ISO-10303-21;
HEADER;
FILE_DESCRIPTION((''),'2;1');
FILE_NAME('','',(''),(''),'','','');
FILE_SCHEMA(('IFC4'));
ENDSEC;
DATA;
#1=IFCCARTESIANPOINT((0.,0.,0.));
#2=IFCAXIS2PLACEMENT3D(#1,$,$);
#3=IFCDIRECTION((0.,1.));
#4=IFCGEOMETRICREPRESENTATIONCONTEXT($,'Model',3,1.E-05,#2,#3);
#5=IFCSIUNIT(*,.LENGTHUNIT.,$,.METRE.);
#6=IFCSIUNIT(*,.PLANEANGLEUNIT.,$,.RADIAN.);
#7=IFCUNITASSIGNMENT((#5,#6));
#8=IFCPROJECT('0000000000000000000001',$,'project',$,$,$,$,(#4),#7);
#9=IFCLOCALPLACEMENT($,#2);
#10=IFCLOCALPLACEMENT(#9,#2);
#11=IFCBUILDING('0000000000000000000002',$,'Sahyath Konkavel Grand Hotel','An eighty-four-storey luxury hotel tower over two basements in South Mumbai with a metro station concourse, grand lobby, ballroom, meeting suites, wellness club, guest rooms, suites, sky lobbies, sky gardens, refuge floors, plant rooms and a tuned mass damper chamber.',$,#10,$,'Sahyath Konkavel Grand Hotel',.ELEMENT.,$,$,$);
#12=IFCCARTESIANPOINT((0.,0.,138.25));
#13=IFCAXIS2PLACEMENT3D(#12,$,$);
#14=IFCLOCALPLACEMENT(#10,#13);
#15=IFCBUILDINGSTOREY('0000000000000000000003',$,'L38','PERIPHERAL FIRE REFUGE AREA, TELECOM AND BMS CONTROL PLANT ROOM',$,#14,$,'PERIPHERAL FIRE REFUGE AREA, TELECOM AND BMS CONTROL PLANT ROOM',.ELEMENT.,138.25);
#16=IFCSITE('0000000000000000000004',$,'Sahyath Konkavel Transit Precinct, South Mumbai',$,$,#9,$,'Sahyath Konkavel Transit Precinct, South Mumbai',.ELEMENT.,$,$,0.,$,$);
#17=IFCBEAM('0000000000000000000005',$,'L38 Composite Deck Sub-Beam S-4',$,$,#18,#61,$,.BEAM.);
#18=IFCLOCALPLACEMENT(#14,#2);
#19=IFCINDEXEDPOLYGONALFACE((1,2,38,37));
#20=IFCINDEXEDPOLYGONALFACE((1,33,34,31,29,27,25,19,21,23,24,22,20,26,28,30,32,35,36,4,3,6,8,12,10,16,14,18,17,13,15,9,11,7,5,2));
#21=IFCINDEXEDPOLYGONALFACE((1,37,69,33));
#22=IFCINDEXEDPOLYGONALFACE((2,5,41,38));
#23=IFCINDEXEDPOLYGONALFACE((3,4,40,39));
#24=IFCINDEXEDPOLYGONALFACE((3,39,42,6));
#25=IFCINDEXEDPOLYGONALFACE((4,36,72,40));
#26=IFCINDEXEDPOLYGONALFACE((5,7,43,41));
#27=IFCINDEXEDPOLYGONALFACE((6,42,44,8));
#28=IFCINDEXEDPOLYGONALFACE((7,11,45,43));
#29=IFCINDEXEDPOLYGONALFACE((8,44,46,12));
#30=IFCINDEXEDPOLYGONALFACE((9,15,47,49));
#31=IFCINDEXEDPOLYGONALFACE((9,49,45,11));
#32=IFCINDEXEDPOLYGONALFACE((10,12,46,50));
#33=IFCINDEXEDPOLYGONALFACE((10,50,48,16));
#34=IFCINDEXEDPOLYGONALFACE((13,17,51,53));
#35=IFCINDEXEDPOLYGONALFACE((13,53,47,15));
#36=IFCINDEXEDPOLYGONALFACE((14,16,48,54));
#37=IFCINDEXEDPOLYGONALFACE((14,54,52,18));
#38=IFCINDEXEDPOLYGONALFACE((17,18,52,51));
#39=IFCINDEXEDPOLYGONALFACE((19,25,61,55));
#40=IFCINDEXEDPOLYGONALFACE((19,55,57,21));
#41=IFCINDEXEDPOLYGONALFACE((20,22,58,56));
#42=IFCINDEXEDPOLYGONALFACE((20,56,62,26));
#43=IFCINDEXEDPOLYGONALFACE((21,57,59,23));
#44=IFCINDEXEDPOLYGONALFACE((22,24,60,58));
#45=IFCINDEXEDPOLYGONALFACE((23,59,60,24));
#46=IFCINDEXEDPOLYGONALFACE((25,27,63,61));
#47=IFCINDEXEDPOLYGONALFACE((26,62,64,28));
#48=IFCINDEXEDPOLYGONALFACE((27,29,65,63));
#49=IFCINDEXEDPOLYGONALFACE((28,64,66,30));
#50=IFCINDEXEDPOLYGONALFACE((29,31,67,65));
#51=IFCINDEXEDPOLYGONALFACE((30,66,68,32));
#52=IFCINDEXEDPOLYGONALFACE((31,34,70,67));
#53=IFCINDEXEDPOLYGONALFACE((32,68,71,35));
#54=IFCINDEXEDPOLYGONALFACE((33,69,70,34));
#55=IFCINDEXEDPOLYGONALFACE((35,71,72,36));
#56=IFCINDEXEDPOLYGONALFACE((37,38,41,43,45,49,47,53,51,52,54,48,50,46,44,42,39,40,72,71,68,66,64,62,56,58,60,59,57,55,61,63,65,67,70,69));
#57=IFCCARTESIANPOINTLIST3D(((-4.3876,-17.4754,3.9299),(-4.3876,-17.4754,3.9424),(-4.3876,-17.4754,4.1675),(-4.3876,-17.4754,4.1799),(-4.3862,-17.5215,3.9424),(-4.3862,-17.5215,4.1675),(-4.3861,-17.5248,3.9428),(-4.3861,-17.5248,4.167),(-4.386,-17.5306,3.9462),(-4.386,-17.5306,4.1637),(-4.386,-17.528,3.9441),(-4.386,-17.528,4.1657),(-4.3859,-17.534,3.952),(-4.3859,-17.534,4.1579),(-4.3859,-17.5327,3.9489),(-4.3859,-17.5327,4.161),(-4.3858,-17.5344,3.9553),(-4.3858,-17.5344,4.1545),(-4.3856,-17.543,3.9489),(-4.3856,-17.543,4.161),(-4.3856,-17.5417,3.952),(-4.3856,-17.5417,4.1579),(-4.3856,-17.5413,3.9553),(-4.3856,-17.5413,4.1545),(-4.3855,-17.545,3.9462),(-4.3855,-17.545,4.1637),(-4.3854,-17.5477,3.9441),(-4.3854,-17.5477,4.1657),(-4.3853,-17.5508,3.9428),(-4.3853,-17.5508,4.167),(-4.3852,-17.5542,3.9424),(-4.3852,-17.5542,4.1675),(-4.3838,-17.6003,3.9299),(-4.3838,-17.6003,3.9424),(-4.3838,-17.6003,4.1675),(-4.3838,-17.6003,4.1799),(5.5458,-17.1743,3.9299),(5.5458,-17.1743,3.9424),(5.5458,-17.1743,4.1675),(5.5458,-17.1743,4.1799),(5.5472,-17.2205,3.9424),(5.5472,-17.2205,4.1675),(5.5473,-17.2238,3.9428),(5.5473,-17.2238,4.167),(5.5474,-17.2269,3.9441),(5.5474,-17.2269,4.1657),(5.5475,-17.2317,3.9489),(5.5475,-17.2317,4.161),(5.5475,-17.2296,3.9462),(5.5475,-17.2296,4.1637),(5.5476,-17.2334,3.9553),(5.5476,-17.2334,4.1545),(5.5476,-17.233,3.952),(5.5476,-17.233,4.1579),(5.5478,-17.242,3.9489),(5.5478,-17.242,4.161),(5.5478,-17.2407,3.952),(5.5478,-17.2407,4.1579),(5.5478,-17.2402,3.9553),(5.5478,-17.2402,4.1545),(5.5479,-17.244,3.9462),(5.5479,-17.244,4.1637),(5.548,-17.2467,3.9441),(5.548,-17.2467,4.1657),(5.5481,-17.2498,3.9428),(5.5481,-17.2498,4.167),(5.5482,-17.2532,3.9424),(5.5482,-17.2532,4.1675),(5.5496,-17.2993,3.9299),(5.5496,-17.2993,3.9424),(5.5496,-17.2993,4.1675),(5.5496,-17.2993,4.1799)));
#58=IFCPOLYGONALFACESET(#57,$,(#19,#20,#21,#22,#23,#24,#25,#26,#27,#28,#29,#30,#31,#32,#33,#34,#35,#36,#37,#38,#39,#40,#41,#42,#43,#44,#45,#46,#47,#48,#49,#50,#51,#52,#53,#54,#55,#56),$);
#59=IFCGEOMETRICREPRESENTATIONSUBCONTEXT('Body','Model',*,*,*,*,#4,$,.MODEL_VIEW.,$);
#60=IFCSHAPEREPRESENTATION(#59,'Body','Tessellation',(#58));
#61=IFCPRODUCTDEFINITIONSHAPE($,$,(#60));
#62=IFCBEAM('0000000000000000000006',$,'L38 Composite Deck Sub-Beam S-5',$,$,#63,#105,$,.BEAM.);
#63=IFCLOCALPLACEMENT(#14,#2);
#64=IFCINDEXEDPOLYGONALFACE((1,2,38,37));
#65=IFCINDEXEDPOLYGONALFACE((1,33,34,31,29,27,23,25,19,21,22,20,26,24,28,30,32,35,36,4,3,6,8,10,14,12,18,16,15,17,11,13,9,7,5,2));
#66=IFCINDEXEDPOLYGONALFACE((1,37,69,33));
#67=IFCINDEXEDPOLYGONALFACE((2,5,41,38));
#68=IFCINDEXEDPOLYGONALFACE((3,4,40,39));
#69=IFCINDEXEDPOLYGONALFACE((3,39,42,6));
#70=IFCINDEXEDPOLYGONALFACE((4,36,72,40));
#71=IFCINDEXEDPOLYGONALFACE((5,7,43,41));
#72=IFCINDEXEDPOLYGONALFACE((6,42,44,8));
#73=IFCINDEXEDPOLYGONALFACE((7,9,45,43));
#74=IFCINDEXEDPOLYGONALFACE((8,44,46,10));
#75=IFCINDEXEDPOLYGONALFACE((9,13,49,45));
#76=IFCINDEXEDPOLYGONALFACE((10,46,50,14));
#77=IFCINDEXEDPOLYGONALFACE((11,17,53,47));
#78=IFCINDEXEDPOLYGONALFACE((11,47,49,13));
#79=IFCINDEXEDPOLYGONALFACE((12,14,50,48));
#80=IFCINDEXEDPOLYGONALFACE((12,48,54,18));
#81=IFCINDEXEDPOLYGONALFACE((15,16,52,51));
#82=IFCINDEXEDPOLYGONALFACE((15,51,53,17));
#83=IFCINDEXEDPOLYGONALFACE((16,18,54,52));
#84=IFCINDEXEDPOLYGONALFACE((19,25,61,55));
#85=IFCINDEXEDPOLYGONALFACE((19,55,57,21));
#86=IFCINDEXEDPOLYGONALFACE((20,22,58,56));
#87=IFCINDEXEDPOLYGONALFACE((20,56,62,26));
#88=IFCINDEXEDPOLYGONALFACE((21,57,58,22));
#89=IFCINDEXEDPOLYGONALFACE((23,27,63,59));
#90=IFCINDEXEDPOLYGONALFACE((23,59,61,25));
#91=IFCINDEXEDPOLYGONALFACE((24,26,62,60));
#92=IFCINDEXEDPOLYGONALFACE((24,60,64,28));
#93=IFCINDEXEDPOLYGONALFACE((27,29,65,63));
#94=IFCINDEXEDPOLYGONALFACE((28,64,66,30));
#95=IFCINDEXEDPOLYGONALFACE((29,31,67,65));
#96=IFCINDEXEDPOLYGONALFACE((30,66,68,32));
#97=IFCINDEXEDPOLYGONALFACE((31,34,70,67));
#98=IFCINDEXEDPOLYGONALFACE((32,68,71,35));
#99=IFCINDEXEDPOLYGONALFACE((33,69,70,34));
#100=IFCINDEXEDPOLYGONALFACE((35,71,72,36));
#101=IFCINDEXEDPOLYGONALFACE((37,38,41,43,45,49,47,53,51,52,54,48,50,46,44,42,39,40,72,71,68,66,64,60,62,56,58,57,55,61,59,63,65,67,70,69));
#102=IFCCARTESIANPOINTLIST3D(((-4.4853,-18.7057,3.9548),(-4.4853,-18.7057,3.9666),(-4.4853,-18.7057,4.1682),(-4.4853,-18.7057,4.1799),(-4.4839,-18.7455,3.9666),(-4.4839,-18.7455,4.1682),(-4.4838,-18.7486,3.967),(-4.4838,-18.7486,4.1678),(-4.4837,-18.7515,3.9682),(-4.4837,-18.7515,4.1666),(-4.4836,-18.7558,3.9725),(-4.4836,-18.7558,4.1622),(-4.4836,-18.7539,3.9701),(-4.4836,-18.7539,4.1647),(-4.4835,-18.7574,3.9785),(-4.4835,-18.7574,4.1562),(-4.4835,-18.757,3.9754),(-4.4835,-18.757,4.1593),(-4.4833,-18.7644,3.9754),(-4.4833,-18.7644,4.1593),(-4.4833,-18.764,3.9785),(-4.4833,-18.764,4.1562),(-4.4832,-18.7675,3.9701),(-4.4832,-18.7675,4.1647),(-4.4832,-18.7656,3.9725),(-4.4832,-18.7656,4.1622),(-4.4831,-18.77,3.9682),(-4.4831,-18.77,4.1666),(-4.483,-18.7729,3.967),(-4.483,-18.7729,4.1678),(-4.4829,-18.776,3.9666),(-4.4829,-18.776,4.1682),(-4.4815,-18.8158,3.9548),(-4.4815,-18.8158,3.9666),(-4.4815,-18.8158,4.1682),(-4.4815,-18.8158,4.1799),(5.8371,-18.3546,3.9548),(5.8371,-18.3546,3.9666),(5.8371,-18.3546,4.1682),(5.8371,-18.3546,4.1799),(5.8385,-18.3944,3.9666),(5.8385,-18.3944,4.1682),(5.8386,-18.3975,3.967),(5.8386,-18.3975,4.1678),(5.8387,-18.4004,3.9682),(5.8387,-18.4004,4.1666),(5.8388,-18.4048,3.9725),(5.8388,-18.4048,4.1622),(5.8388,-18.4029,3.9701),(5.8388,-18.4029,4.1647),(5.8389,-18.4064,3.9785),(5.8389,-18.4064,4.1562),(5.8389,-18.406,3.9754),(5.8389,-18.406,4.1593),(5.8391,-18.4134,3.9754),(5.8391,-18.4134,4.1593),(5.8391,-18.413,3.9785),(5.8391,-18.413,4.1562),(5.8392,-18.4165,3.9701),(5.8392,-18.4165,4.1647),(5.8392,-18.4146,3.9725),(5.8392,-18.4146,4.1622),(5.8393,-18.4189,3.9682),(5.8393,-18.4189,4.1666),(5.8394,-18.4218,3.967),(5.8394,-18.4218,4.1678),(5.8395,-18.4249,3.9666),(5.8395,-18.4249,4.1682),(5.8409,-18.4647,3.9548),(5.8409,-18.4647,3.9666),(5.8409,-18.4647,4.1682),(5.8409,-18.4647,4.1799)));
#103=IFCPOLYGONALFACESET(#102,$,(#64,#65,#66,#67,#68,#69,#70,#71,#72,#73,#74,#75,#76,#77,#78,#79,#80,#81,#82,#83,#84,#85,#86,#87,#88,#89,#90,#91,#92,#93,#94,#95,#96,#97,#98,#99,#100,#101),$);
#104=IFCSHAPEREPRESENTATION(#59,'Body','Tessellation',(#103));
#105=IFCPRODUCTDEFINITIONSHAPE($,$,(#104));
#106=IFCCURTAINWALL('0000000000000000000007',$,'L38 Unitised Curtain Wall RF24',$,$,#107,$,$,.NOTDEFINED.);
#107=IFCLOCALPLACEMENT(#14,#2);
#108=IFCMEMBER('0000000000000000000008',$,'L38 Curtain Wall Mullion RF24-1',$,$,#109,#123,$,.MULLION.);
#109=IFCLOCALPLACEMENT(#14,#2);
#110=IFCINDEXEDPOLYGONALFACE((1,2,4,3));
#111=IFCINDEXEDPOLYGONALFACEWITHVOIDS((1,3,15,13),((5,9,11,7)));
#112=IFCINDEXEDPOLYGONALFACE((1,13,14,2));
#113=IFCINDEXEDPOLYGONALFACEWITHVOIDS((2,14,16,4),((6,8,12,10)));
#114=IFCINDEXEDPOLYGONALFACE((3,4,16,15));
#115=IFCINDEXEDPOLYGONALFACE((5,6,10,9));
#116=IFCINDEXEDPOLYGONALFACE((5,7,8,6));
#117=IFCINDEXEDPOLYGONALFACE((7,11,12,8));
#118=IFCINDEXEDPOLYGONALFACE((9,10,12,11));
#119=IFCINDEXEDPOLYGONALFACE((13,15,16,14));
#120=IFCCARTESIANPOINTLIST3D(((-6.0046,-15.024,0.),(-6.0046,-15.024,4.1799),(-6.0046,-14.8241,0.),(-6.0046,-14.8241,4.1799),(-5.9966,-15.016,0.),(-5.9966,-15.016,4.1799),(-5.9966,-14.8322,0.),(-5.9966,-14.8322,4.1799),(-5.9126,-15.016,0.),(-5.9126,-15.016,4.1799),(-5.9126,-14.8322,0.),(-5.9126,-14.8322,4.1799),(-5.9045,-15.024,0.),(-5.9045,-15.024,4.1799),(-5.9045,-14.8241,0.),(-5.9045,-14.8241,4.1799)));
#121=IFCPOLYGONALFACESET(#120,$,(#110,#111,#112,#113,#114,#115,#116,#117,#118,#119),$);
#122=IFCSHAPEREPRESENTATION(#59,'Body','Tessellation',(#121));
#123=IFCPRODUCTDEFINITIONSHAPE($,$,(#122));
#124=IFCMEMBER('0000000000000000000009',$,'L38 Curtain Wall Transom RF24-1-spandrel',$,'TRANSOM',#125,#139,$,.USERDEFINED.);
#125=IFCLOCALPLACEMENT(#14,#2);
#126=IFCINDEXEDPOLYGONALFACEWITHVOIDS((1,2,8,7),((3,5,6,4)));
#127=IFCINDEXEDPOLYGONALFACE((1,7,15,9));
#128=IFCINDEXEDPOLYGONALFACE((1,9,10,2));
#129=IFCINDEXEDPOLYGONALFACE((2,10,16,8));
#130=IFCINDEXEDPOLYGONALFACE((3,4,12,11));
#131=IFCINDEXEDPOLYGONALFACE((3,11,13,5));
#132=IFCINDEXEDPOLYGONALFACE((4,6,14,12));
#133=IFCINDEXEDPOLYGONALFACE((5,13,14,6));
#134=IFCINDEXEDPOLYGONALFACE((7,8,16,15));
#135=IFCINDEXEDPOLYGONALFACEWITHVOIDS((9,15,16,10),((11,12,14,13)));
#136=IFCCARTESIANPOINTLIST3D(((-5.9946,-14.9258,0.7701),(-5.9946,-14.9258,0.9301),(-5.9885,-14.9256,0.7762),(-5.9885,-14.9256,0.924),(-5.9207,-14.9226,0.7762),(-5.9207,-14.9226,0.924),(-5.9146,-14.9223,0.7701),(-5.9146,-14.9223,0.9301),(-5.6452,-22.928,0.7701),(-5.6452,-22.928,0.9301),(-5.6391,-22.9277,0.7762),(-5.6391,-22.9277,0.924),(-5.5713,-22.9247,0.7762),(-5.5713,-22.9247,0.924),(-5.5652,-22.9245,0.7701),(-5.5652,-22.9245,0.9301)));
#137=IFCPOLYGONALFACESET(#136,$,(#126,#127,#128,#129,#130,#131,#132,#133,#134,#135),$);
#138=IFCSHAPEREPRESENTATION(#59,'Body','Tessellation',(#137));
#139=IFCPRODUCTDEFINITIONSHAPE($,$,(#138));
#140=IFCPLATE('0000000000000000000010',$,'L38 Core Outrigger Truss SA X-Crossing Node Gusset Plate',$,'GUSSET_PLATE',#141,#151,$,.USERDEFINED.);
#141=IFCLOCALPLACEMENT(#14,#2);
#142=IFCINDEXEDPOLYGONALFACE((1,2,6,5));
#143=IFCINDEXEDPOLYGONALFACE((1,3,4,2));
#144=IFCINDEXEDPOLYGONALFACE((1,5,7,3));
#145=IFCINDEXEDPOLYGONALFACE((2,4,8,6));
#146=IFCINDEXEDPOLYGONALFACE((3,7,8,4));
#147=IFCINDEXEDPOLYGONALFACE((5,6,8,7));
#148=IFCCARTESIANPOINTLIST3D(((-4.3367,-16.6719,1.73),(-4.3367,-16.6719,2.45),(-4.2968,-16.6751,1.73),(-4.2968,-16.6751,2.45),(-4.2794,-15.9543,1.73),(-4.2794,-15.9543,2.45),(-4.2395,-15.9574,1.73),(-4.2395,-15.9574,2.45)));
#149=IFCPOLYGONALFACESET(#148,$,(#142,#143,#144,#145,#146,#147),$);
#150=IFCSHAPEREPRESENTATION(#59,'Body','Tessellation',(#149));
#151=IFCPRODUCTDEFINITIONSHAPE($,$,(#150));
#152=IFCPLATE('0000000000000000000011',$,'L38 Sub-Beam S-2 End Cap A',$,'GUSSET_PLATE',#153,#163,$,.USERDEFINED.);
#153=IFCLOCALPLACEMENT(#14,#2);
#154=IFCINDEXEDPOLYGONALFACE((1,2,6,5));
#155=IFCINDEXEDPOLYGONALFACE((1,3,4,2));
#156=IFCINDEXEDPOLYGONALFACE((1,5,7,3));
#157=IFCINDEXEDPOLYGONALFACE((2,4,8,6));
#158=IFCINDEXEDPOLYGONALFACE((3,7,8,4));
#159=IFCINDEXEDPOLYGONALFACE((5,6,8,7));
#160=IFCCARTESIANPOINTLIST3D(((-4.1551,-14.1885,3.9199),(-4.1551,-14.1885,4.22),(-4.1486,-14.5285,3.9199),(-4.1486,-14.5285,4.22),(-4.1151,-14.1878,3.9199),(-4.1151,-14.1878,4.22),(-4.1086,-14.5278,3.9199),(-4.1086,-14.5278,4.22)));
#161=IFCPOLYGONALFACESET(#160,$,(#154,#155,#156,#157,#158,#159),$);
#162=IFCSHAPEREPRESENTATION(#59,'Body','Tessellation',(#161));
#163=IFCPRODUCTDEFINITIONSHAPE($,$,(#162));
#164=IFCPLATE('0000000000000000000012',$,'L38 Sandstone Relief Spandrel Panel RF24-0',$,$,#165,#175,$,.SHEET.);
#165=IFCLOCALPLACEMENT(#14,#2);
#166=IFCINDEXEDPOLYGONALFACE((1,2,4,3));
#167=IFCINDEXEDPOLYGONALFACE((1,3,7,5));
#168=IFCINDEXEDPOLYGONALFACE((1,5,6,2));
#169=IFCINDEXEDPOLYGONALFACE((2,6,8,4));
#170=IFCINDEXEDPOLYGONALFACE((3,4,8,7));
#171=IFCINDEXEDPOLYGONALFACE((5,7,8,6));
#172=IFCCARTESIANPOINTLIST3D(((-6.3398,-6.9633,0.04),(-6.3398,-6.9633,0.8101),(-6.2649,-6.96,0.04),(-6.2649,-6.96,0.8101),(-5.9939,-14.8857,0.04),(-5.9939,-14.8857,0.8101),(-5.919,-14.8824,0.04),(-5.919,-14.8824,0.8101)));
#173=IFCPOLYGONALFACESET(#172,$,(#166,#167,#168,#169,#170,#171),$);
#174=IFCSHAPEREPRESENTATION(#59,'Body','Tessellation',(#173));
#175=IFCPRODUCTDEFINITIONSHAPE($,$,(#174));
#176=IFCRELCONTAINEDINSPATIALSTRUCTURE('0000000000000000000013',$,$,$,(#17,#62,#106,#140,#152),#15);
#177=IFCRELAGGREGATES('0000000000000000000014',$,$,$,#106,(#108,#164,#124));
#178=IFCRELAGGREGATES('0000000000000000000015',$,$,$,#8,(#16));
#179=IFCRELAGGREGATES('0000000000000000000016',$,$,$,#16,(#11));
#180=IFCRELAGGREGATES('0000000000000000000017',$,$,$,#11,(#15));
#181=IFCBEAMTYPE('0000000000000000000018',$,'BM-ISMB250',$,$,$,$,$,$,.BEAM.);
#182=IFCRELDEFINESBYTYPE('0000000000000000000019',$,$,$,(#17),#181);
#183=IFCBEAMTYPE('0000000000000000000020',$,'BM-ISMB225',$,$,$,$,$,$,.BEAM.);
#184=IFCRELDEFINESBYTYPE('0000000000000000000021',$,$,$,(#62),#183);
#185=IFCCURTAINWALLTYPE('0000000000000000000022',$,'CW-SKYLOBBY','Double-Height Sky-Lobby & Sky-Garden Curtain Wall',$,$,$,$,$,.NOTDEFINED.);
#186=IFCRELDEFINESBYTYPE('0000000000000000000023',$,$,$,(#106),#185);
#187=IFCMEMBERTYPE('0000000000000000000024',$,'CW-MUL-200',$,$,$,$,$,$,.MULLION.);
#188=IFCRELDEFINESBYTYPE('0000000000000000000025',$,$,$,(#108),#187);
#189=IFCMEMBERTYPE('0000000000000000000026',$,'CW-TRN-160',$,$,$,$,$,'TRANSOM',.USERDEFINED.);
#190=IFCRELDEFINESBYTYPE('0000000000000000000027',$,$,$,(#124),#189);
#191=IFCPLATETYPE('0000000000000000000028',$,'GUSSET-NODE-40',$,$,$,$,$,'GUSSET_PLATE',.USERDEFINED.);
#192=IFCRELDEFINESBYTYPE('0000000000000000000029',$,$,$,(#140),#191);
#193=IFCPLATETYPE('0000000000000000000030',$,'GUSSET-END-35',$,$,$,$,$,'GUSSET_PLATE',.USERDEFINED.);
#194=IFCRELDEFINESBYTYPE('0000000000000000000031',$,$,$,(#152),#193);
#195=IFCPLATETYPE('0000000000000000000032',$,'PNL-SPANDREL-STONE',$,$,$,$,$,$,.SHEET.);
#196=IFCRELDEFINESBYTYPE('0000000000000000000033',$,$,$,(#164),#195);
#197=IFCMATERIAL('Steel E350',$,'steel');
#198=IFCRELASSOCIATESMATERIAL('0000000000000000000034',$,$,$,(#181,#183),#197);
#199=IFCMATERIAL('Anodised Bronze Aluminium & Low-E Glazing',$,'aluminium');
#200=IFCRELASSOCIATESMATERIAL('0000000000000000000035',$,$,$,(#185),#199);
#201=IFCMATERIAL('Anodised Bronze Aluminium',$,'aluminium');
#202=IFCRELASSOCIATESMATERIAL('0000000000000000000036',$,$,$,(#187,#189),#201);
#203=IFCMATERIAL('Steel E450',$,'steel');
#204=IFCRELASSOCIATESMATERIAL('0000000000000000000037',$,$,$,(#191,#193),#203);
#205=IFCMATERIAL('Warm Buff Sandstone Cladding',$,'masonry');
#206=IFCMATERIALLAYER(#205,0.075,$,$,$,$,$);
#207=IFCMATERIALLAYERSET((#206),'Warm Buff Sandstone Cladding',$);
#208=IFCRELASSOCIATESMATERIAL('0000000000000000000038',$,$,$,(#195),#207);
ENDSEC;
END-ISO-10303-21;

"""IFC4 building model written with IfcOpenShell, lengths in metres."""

from ifc_helpers import new_model, si_unit, direction, frame, origin, origin_2d, place, context, subcontext, project, spatial, rectangle, hollow_rectangle, i_section, extrude, source, transform, mapped, material, layer, layer_set, material_profile, profile_set, type_object, element, aggregate, save


model = new_model("IFC4")

# Units and contexts
model_context = context("Model", 3, precision=1e-05, world=origin(), true_north=direction((0.0, 1.0)))
body_context = subcontext(model_context, "Body", "Model", "MODEL_VIEW")
ifc_project = project(units=[si_unit("LENGTHUNIT", "METRE"), si_unit("PLANEANGLEUNIT", "RADIAN")], contexts=[model_context])

# Site, building, storey
site_placement = place(None, origin())
site = spatial("IfcSite", under=ifc_project, at=site_placement, Name="Sahyath Konkavel Transit Precinct, South Mumbai", LongName="Sahyath Konkavel Transit Precinct, South Mumbai", CompositionType="ELEMENT", RefElevation=0.0)
building_placement = place(site_placement, origin())
building = spatial("IfcBuilding", under=site, at=building_placement, Name="Sahyath Konkavel Grand Hotel", Description="An eighty-four-storey luxury hotel tower over two basements in South Mumbai with a metro station concourse, grand lobby, ballroom, meeting suites, wellness club, guest rooms, suites, sky lobbies, sky gardens, refuge floors, plant rooms and a tuned mass damper chamber.", LongName="Sahyath Konkavel Grand Hotel", CompositionType="ELEMENT")
storey_placement = place(building_placement, frame((0.0, 0.0, 138.25)))
storey = spatial("IfcBuildingStorey", under=building, at=storey_placement, Name="L38", Description="PERIPHERAL FIRE REFUGE AREA, TELECOM AND BMS CONTROL PLANT ROOM", LongName="PERIPHERAL FIRE REFUGE AREA, TELECOM AND BMS CONTROL PLANT ROOM", CompositionType="ELEMENT", Elevation=138.25)

# Shared definitions
ifc_material_1 = material(Name="Steel E350", Category="steel")
ifc_material_2 = material(Name="Steel E450", Category="steel")

# Beams
ifc_material_profile_1 = material_profile(ifc_material_1, i_section(OverallWidth=0.125, OverallDepth=0.25, WebThickness=0.0068, FlangeThickness=0.0125, FilletRadius=0.0129, at=origin_2d()), Name="ISMB 250")
ifc_profile_set_1 = profile_set([ifc_material_profile_1], Name="Steel E350")
beam_type_1 = type_object("IfcBeamType", Name="BM-ISMB250", PredefinedType="BEAM", material=ifc_profile_set_1)
shared_shape_1 = source(origin(), body_context, "Body", "SweptSolid", [
    extrude(i_section(OverallWidth=0.125, OverallDepth=0.25, WebThickness=0.0068, FlangeThickness=0.0125, FilletRadius=0.0129, at=origin_2d()), origin(), (0.0, 0.0, 1.0), 9.938),
])
beam_1_placement = place(storey_placement, frame((-4.3857, -17.5378, 4.0549), z_axis=(0.999541, 0.030291, 0.0), x_axis=(-0.030291, 0.999541, 0.0)))
element("IfcBeam", 1, at=beam_1_placement, inside=storey, type_object=beam_type_1, Name="L38 Composite Deck Sub-Beam S-4", PredefinedType="BEAM", context=body_context, shape_type="MappedRepresentation", body=[
    mapped(shared_shape_1, transform((0.0, 0.0, 0.0), scale=1.0)),
])
ifc_material_profile_2 = material_profile(ifc_material_1, i_section(OverallWidth=0.1101, OverallDepth=0.2251, WebThickness=0.0066, FlangeThickness=0.0117, FilletRadius=0.012, at=origin_2d()), Name="ISMB 225")
ifc_profile_set_2 = profile_set([ifc_material_profile_2], Name="Steel E350")
beam_type_2 = type_object("IfcBeamType", Name="BM-ISMB225", PredefinedType="BEAM", material=ifc_profile_set_2)
shared_shape_2 = source(origin(), body_context, "Body", "SweptSolid", [
    extrude(i_section(OverallWidth=0.1101, OverallDepth=0.2251, WebThickness=0.0066, FlangeThickness=0.0117, FilletRadius=0.012, at=origin_2d()), origin(), (0.0, 0.0, 1.0), 10.3284),
])
beam_2_placement = place(storey_placement, frame((-4.4834, -18.7607, 4.0674), z_axis=(0.999422, 0.033991, 0.0), x_axis=(-0.033991, 0.999422, 0.0)))
element("IfcBeam", 2, at=beam_2_placement, inside=storey, type_object=beam_type_2, Name="L38 Composite Deck Sub-Beam S-5", PredefinedType="BEAM", context=body_context, shape_type="MappedRepresentation", body=[
    mapped(shared_shape_2, transform((0.0, 0.0, 0.0), scale=1.0)),
])

# Curtain wall, members
ifc_material_3 = material(Name="Anodised Bronze Aluminium & Low-E Glazing", Category="aluminium")
curtain_wall_type = type_object("IfcCurtainWallType", Name="CW-SKYLOBBY", Description="Double-Height Sky-Lobby & Sky-Garden Curtain Wall", PredefinedType="NOTDEFINED", material=ifc_material_3)
curtain_wall_placement = place(storey_placement, origin())
curtain_wall = element("IfcCurtainWall", 3, at=curtain_wall_placement, inside=storey, type_object=curtain_wall_type, Name="L38 Unitised Curtain Wall RF24", PredefinedType="NOTDEFINED")
ifc_material_4 = material(Name="Anodised Bronze Aluminium", Category="aluminium")
ifc_material_profile_3 = material_profile(ifc_material_4, hollow_rectangle(XDim=0.1001, YDim=0.2, WallThickness=0.0081, at=origin_2d()), Name="RHS 200x100x8")
ifc_profile_set_3 = profile_set([ifc_material_profile_3], Name="Anodised Bronze Aluminium")
member_type_1 = type_object("IfcMemberType", Name="CW-MUL-200", PredefinedType="MULLION", material=ifc_profile_set_3)
shared_shape_3 = source(origin(), body_context, "Body", "SweptSolid", [
    extrude(hollow_rectangle(XDim=0.1001, YDim=0.2, WallThickness=0.0081, at=origin_2d()), origin(), (0.0, 0.0, 1.0), 4.1799),
])
member_1_placement = place(storey_placement, frame((-5.9546, -14.9241, 0.0), z_axis=(0.0, 0.0, 1.0), x_axis=(1.0, 0.0, 0.0)))
member_1 = element("IfcMember", 4, at=member_1_placement, type_object=member_type_1, Name="L38 Curtain Wall Mullion RF24-1", PredefinedType="MULLION", context=body_context, shape_type="MappedRepresentation", body=[
    mapped(shared_shape_3, transform((0.0, 0.0, 0.0), scale=1.0)),
])
ifc_material_profile_4 = material_profile(ifc_material_4, hollow_rectangle(XDim=0.0801, YDim=0.1599, WallThickness=0.0061, at=origin_2d()), Name="RHS 160x80x6")
ifc_profile_set_4 = profile_set([ifc_material_profile_4], Name="Anodised Bronze Aluminium")
member_type_2 = type_object("IfcMemberType", Name="CW-TRN-160", ElementType="TRANSOM", PredefinedType="USERDEFINED", material=ifc_profile_set_4)
shared_shape_4 = source(origin(), body_context, "Body", "SweptSolid", [
    extrude(hollow_rectangle(XDim=0.0801, YDim=0.1599, WallThickness=0.0061, at=origin_2d()), origin(), (0.0, 0.0, 1.0), 8.0098),
])
member_2_placement = place(storey_placement, frame((-5.9546, -14.9241, 0.8501), z_axis=(0.043617, -0.999048, 0.0), x_axis=(0.999048, 0.043617, 0.0)))
member_2 = element("IfcMember", 5, at=member_2_placement, type_object=member_type_2, Name="L38 Curtain Wall Transom RF24-1-spandrel", ObjectType="TRANSOM", PredefinedType="USERDEFINED", context=body_context, shape_type="MappedRepresentation", body=[
    mapped(shared_shape_4, transform((0.0, 0.0, 0.0), scale=1.0)),
])

# Plates
plate_type_1 = type_object("IfcPlateType", Name="GUSSET-NODE-40", ElementType="GUSSET_PLATE", PredefinedType="USERDEFINED", material=ifc_material_2)
shared_shape_5 = source(origin(), body_context, "Body", "SweptSolid", [
    extrude(rectangle(XDim=0.72, YDim=0.04, at=origin_2d()), origin(), (0.0, 0.0, 1.0), 0.72),
])
plate_1_placement = place(storey_placement, frame((-4.2881, -16.3147, 1.73), z_axis=(0.0, 0.0, 1.0), x_axis=(-0.079573, -0.996829, 0.0)))
element("IfcPlate", 6, at=plate_1_placement, inside=storey, type_object=plate_type_1, Name="L38 Core Outrigger Truss SA X-Crossing Node Gusset Plate", ObjectType="GUSSET_PLATE", PredefinedType="USERDEFINED", context=body_context, shape_type="MappedRepresentation", body=[
    mapped(shared_shape_5, transform((0.0, 0.0, 0.0), scale=1.0)),
])
plate_type_2 = type_object("IfcPlateType", Name="GUSSET-END-35", ElementType="GUSSET_PLATE", PredefinedType="USERDEFINED", material=ifc_material_2)
shared_shape_6 = source(origin(), body_context, "Body", "SweptSolid", [
    extrude(rectangle(XDim=0.04, YDim=0.3401, at=origin_2d()), origin(), (0.0, 0.0, 1.0), 0.3),
])
plate_2_placement = place(storey_placement, frame((-4.1318, -14.3582, 3.9199), z_axis=(0.0, 0.0, 1.0), x_axis=(0.999817, 0.01911, 0.0)))
element("IfcPlate", 7, at=plate_2_placement, inside=storey, type_object=plate_type_2, Name="L38 Sub-Beam S-2 End Cap A", ObjectType="GUSSET_PLATE", PredefinedType="USERDEFINED", context=body_context, shape_type="MappedRepresentation", body=[
    mapped(shared_shape_6, transform((0.0, 0.0, 0.0), scale=1.0)),
])

# Plate
ifc_material_5 = material(Name="Warm Buff Sandstone Cladding", Category="masonry")
ifc_layer_1 = layer(ifc_material_5, 0.075)
ifc_layer_set_1 = layer_set([ifc_layer_1], Name="Warm Buff Sandstone Cladding")
plate_type_3 = type_object("IfcPlateType", Name="PNL-SPANDREL-STONE", PredefinedType="SHEET", material=ifc_layer_set_1)
shared_shape_7 = source(origin(), body_context, "Body", "SweptSolid", [
    extrude(rectangle(XDim=7.9299, YDim=0.075, at=origin_2d()), origin(), (0.0, 0.0, 1.0), 0.77),
])
plate_3_placement = place(storey_placement, frame((-6.1294, -10.9229, 0.04), z_axis=(0.0, 0.0, 1.0), x_axis=(0.043619, -0.999048, 0.0)))
plate_3 = element("IfcPlate", 8, at=plate_3_placement, type_object=plate_type_3, Name="L38 Sandstone Relief Spandrel Panel RF24-0", PredefinedType="SHEET", context=body_context, shape_type="MappedRepresentation", body=[
    mapped(shared_shape_7, transform((0.0, 0.0, 0.0), scale=1.0)),
])
aggregate(curtain_wall, [member_1, plate_3, member_2])

save(model, "model.ifc")
